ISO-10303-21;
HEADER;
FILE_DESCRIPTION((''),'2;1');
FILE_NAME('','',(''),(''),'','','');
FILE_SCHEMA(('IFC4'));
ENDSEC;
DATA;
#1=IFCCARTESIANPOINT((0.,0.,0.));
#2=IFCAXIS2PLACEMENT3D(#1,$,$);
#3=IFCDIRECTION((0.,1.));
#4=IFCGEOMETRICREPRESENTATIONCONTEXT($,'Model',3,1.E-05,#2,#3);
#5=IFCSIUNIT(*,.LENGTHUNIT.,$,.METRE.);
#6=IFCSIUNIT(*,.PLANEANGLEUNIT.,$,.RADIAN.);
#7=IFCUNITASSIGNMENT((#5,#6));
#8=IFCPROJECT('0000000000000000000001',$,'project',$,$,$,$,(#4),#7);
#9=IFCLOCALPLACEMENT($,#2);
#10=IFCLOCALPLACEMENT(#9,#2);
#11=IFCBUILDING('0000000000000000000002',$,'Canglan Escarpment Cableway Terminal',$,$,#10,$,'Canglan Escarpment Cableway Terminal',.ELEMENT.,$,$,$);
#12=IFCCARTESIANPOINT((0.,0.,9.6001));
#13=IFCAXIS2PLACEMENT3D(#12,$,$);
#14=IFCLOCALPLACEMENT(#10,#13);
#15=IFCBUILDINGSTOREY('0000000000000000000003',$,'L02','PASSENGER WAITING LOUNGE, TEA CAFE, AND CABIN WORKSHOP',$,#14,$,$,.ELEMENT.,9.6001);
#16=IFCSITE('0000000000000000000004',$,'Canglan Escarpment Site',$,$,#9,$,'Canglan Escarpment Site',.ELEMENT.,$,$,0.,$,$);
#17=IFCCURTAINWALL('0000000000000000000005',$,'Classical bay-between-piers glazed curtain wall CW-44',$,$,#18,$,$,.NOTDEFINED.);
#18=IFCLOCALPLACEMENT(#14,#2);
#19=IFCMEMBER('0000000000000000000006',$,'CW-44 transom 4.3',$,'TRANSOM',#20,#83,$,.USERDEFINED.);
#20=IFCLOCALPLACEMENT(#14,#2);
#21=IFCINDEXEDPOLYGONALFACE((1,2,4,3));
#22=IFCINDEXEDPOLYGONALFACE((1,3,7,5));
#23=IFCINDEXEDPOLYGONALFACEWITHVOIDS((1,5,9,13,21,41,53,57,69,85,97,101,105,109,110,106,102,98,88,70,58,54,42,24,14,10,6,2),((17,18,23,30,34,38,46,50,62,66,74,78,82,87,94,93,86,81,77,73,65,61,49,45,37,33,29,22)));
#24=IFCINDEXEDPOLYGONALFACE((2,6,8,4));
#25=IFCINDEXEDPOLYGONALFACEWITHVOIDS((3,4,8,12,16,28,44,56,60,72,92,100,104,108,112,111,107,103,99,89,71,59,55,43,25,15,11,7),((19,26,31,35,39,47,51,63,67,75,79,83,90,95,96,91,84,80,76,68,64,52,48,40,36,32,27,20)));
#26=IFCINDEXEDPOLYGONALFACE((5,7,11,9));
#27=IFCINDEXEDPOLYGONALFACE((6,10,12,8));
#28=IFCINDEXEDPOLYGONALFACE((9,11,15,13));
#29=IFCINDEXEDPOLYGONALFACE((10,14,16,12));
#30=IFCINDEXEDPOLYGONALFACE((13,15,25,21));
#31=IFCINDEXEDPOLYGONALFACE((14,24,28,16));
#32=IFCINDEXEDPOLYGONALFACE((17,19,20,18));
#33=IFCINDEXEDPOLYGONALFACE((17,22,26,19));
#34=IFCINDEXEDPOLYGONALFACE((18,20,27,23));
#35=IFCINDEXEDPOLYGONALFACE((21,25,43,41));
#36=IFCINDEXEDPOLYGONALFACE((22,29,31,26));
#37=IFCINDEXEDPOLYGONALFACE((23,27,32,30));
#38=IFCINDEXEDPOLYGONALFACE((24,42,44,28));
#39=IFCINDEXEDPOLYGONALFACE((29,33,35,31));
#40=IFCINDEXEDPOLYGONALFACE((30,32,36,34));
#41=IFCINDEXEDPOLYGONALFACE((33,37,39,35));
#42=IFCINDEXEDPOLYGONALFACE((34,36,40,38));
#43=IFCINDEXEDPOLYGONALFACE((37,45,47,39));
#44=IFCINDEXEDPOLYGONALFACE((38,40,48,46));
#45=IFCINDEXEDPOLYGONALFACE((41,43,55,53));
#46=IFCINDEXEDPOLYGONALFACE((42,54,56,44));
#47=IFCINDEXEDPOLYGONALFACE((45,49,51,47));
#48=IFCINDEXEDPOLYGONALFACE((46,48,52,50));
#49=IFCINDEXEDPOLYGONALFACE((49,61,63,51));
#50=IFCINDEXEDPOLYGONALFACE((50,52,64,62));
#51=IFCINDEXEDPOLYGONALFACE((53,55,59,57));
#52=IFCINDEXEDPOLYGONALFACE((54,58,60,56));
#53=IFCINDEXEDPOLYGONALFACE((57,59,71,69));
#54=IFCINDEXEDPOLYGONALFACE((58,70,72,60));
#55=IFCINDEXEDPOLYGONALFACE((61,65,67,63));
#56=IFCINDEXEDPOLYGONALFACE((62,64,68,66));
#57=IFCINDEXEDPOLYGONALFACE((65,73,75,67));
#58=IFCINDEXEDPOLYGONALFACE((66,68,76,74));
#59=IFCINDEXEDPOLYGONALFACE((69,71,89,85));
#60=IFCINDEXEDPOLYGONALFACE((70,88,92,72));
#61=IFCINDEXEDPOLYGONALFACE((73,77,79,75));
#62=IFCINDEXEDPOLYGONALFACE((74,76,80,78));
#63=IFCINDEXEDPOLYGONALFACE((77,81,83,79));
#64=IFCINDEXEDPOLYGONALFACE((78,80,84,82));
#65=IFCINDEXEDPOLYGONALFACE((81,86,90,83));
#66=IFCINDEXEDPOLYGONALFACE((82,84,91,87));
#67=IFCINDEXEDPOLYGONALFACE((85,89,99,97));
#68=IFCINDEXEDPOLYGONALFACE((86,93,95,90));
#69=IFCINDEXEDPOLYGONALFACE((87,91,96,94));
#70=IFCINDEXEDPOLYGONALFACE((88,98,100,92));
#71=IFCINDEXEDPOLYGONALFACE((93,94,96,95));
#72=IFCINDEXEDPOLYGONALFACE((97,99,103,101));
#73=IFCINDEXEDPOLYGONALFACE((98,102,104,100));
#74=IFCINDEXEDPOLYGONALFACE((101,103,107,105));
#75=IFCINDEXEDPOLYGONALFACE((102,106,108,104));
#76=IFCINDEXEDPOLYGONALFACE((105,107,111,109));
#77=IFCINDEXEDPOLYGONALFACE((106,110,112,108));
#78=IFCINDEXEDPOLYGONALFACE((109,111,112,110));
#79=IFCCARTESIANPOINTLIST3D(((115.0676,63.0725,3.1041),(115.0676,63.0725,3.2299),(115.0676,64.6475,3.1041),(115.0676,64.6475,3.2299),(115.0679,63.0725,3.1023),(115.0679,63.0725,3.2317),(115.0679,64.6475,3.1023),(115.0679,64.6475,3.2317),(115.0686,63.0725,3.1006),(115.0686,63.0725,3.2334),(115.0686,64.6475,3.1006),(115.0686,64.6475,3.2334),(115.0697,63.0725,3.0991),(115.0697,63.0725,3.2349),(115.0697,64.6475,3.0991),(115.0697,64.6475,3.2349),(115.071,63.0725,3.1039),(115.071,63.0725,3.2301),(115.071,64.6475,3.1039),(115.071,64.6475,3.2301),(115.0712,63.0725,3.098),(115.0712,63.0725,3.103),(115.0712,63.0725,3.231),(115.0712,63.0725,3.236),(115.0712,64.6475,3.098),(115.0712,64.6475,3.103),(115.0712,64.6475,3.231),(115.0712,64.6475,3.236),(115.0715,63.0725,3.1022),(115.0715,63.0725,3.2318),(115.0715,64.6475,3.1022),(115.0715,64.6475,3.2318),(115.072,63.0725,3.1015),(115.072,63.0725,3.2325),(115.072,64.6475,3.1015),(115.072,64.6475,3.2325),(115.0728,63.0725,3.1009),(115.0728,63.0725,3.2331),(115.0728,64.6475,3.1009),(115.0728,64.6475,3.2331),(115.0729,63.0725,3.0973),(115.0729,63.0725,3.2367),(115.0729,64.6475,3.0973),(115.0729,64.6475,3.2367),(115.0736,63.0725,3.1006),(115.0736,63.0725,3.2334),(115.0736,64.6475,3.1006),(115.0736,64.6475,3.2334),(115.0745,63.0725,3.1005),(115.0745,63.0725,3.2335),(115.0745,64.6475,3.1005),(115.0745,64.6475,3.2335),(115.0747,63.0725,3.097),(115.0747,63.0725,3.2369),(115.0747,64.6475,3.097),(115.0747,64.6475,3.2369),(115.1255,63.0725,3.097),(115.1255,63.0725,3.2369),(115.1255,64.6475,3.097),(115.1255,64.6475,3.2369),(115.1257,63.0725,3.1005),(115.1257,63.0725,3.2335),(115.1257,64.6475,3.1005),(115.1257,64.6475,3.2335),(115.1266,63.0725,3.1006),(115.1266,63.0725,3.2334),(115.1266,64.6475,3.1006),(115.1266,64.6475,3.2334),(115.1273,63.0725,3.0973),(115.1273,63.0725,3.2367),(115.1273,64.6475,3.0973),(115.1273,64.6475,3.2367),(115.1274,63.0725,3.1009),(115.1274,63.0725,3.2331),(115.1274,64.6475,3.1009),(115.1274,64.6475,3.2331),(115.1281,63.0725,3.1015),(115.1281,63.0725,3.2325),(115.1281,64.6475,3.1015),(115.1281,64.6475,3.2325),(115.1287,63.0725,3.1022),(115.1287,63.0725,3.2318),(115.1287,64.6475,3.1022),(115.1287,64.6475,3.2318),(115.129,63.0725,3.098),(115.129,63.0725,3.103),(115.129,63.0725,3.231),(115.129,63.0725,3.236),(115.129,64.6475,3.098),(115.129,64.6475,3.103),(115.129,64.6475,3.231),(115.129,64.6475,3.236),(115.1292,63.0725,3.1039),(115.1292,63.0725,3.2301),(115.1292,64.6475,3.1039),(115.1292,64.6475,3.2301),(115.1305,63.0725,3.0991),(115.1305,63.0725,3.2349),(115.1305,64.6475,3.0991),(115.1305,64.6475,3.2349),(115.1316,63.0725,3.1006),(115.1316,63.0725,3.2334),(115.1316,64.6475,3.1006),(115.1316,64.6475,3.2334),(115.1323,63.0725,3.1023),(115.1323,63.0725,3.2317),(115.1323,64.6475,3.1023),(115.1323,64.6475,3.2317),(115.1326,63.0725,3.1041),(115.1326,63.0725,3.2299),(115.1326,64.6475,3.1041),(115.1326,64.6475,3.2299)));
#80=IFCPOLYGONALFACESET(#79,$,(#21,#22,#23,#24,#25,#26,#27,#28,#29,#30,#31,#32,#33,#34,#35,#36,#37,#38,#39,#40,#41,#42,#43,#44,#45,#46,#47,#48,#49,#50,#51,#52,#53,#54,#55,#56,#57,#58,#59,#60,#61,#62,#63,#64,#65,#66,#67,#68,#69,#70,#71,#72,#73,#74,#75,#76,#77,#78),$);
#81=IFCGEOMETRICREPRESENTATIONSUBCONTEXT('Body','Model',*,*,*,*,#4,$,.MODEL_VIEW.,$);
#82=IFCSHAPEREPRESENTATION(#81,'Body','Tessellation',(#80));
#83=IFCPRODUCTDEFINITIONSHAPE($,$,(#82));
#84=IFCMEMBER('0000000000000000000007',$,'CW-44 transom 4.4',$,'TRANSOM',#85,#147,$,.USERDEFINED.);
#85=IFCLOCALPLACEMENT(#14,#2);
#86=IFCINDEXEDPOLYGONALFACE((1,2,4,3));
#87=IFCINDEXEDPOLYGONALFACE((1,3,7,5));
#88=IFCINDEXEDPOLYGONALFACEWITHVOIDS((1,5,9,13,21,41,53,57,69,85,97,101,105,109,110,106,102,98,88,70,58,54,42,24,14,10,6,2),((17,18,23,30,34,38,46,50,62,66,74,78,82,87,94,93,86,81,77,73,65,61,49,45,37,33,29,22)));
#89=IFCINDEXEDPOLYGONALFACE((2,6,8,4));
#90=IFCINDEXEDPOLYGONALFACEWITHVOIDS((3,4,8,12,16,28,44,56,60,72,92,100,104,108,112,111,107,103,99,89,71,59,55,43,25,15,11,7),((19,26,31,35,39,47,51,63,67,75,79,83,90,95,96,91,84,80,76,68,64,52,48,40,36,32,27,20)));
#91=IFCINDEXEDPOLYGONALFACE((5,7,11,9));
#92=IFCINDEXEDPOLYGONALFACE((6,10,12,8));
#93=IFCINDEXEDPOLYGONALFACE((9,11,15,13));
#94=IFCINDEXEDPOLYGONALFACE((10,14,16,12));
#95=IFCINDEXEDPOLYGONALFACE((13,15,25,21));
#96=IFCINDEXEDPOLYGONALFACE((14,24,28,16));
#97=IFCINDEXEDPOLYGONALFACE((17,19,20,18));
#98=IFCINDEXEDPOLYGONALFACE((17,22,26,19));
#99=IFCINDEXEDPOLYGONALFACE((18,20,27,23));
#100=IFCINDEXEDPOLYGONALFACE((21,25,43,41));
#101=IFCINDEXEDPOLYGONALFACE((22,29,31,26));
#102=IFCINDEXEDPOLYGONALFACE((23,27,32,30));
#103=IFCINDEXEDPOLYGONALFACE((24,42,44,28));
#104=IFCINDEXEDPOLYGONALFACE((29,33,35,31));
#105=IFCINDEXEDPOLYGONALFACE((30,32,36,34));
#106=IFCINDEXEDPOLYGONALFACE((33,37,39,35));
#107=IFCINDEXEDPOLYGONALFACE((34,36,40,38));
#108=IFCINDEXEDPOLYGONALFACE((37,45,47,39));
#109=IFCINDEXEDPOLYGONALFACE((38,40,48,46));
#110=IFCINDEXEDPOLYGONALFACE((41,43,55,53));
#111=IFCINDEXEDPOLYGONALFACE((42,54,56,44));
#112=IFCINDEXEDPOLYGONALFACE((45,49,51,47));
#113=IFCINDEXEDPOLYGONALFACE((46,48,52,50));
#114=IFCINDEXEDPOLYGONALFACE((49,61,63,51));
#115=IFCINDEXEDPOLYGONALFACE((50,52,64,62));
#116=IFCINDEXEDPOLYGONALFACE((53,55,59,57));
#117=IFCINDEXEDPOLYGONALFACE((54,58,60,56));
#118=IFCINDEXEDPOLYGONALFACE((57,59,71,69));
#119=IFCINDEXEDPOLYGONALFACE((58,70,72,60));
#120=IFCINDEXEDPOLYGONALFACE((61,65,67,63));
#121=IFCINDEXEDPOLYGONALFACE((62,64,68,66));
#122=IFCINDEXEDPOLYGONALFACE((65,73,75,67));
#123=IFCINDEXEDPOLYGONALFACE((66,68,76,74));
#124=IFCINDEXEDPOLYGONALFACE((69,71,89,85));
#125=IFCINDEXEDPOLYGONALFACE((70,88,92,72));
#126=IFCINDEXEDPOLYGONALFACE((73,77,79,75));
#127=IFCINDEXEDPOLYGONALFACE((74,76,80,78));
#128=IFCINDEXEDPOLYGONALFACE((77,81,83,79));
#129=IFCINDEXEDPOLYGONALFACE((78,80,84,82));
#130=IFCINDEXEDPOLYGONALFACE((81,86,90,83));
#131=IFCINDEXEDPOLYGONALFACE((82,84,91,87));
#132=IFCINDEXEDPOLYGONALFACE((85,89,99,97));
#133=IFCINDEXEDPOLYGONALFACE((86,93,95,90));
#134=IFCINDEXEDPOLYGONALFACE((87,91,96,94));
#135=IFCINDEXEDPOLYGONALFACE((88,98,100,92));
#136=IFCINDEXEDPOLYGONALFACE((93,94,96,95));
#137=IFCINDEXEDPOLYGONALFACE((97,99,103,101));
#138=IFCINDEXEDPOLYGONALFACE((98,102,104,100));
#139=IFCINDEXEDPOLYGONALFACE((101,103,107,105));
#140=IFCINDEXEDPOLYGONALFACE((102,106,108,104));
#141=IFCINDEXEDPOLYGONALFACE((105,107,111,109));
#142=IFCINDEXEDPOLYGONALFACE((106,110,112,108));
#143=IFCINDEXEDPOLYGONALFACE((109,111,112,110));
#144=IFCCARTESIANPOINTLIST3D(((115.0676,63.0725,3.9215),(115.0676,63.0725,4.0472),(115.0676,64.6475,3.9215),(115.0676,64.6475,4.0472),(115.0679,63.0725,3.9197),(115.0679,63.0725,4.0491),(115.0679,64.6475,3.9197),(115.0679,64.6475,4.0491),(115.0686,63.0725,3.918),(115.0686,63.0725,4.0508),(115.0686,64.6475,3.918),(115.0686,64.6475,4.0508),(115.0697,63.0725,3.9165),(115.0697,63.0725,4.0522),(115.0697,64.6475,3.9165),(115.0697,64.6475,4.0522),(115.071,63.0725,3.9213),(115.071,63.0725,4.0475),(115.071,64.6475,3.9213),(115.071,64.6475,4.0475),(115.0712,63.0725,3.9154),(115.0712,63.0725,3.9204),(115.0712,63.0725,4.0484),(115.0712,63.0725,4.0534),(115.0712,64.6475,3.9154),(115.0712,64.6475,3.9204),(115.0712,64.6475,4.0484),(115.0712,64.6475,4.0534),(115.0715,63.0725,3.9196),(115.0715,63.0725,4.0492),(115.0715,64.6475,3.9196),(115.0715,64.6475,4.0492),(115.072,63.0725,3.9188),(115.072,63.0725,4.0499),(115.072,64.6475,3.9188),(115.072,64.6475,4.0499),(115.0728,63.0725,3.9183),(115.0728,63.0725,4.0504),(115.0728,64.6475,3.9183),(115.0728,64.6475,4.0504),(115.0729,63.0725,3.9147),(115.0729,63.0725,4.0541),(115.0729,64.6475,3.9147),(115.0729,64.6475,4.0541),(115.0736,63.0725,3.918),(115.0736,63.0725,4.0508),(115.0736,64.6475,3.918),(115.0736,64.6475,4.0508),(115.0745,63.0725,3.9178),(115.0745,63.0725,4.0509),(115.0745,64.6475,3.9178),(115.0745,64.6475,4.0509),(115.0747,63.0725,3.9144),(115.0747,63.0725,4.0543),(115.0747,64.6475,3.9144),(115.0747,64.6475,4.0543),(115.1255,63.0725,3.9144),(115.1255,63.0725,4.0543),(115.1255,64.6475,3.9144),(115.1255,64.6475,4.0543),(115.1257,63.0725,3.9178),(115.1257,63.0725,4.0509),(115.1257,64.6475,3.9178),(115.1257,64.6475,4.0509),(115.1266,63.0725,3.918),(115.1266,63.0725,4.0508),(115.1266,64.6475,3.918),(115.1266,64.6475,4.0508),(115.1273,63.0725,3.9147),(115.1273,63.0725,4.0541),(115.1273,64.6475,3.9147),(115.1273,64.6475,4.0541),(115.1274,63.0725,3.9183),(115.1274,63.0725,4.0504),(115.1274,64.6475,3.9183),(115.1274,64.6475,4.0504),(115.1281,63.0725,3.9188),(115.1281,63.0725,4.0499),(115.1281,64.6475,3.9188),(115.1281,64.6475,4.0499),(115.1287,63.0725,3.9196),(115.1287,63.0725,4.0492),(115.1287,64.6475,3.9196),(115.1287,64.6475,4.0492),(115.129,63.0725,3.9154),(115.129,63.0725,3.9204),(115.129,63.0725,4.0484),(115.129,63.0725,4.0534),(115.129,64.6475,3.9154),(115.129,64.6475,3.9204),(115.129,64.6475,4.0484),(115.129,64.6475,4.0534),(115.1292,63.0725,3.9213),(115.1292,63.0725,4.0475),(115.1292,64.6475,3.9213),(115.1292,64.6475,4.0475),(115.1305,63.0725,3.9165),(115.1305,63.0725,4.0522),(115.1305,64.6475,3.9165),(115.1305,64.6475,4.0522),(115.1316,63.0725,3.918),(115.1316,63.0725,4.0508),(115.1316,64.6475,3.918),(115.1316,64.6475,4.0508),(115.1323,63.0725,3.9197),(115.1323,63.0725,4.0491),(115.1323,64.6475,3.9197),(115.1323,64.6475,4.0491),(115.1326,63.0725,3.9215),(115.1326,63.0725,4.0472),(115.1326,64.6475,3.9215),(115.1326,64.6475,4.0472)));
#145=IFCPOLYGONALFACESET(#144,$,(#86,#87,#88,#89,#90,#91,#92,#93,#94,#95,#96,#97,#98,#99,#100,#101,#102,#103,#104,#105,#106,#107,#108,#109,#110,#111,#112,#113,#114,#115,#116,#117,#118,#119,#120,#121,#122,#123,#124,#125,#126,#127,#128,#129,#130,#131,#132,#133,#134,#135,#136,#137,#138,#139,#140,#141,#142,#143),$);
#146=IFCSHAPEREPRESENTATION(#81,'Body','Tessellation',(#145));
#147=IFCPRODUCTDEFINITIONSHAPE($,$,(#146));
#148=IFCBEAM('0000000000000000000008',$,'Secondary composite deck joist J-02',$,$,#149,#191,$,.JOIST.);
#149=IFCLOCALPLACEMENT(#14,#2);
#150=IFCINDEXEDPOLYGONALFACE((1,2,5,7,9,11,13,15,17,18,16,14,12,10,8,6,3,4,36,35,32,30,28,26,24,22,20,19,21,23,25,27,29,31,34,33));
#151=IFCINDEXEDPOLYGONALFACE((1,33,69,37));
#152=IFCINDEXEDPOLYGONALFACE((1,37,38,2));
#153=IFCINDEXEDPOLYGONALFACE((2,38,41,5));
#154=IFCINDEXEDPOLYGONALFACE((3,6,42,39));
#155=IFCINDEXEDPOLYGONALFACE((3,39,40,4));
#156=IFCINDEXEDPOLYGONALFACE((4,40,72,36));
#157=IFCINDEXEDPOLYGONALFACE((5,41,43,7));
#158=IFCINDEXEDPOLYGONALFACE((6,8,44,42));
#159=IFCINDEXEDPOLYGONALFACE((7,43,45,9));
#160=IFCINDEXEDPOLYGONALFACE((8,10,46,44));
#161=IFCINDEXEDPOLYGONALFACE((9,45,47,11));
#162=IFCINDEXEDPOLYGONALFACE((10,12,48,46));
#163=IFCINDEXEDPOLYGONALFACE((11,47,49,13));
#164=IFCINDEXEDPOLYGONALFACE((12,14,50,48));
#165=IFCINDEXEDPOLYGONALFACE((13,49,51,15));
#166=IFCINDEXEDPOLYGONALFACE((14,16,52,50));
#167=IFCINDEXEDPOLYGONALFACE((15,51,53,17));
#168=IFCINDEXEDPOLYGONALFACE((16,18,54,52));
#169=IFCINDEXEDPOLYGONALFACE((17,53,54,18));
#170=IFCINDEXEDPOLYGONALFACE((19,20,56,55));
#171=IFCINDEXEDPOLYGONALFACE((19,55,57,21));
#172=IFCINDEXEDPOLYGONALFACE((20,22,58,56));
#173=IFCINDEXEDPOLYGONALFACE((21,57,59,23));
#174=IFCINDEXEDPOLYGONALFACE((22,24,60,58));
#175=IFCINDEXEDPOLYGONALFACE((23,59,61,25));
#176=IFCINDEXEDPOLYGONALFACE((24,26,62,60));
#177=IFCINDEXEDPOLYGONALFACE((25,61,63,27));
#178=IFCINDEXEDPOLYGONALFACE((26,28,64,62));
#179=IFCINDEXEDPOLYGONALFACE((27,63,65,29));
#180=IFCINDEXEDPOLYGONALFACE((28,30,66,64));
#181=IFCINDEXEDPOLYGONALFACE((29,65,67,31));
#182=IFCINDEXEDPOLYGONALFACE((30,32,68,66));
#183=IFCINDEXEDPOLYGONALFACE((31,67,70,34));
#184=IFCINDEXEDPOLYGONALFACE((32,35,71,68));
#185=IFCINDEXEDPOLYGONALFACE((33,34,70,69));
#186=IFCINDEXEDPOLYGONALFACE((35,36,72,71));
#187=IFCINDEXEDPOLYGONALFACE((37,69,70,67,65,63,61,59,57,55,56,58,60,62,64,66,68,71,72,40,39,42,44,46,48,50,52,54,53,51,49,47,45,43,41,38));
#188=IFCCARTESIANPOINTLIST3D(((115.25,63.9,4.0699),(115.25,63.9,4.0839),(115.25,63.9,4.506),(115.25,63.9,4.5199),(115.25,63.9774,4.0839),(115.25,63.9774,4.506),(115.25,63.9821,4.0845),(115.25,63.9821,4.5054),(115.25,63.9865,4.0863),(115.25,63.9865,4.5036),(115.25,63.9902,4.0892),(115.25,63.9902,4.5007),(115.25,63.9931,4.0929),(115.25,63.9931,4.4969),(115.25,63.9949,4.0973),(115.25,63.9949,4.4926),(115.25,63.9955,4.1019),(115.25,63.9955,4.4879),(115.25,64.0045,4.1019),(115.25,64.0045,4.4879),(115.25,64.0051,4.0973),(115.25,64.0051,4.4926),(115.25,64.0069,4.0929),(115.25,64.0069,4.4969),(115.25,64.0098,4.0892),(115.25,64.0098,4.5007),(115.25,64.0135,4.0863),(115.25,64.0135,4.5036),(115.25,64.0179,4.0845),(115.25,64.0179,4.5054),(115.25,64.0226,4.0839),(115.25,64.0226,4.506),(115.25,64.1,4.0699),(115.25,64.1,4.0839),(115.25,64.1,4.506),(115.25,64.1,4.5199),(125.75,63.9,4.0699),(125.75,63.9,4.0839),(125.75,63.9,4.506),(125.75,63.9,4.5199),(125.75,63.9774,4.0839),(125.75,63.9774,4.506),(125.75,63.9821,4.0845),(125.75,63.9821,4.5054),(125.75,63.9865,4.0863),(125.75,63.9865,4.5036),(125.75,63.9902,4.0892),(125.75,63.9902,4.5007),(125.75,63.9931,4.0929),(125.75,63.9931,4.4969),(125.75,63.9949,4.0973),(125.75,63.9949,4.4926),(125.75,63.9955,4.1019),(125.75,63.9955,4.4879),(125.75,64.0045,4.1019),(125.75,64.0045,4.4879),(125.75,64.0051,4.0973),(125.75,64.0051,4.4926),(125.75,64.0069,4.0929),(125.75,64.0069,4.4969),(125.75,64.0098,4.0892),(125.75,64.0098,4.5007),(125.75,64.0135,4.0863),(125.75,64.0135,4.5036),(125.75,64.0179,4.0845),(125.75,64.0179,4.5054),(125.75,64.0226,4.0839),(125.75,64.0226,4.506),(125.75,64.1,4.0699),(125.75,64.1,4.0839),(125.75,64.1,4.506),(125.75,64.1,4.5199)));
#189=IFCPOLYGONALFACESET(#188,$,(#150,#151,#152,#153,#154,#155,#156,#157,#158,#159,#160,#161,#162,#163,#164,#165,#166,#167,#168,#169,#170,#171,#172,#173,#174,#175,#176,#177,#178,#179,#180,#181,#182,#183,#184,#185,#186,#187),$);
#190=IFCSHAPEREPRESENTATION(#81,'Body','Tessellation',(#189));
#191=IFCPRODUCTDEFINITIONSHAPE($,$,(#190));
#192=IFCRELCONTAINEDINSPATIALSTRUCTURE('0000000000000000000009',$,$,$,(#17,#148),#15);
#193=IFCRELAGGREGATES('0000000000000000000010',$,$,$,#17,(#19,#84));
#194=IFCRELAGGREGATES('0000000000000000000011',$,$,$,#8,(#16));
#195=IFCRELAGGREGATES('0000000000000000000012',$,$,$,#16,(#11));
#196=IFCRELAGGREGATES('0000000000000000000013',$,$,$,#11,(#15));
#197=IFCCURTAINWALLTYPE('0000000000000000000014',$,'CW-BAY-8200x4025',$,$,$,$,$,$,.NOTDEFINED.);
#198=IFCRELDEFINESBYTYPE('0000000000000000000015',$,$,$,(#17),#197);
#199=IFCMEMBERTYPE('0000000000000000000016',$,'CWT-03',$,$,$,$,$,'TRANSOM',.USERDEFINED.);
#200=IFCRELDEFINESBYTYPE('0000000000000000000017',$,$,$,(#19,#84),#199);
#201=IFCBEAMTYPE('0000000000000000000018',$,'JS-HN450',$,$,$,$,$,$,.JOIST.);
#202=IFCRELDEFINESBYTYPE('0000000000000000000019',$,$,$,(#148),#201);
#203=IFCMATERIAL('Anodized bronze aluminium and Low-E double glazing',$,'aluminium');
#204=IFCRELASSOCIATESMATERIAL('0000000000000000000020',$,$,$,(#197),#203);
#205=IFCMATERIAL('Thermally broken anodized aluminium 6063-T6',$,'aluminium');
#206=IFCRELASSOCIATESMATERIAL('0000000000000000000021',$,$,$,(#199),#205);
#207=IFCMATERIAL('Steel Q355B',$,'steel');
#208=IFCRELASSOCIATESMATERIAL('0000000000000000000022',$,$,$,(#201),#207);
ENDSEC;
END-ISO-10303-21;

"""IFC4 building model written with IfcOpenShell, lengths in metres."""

from ifc_helpers import new_model, si_unit, direction, frame, origin, origin_2d, place, context, subcontext, project, spatial, hollow_rectangle, i_section, extrude, material, material_profile, profile_set, type_object, element, aggregate, save


model = new_model("IFC4")

# Units and contexts
model_context = context("Model", 3, precision=1e-05, world=origin(), true_north=direction((0.0, 1.0)))
body_context = subcontext(model_context, "Body", "Model", "MODEL_VIEW")
ifc_project = project(units=[si_unit("LENGTHUNIT", "METRE"), si_unit("PLANEANGLEUNIT", "RADIAN")], contexts=[model_context])

# Site, building, storey
site_placement = place(None, origin())
site = spatial("IfcSite", under=ifc_project, at=site_placement, Name="Canglan Escarpment Site", LongName="Canglan Escarpment Site", CompositionType="ELEMENT", RefElevation=0.0)
building_placement = place(site_placement, origin())
building = spatial("IfcBuilding", under=site, at=building_placement, Name="Canglan Escarpment Cableway Terminal", LongName="Canglan Escarpment Cableway Terminal", CompositionType="ELEMENT")
storey_placement = place(building_placement, frame((0.0, 0.0, 9.6001)))
storey = spatial("IfcBuildingStorey", under=building, at=storey_placement, Name="L02", Description="PASSENGER WAITING LOUNGE, TEA CAFE, AND CABIN WORKSHOP", CompositionType="ELEMENT", Elevation=9.6001)

# Curtain wall, members
ifc_material_1 = material(Name="Anodized bronze aluminium and Low-E double glazing", Category="aluminium")
curtain_wall_type = type_object("IfcCurtainWallType", Name="CW-BAY-8200x4025", PredefinedType="NOTDEFINED", material=ifc_material_1)
curtain_wall_placement = place(storey_placement, origin())
curtain_wall = element("IfcCurtainWall", 1, at=curtain_wall_placement, inside=storey, type_object=curtain_wall_type, Name="Classical bay-between-piers glazed curtain wall CW-44", PredefinedType="NOTDEFINED")
ifc_material_2 = material(Name="Thermally broken anodized aluminium 6063-T6", Category="aluminium")
ifc_material_profile_1 = material_profile(ifc_material_2, hollow_rectangle(XDim=0.0649, YDim=0.1399, WallThickness=0.0034, InnerFilletRadius=0.0034, OuterFilletRadius=0.0071, at=origin_2d()), Name="ALU-TRAN 65x140x3.5")
ifc_profile_set_1 = profile_set([ifc_material_profile_1], Name="Thermally broken anodized aluminium 6063-T6")
member_type_1 = type_object("IfcMemberType", Name="CWT-03", ElementType="TRANSOM", PredefinedType="USERDEFINED", material=ifc_profile_set_1)
member_1_placement = place(storey_placement, frame((115.1001, 64.6475, 3.167), z_axis=(0.0, -1.0, 0.0), x_axis=(1.0, 0.0, 0.0)))
member_1 = element("IfcMember", 2, at=member_1_placement, type_object=member_type_1, Name="CW-44 transom 4.3", ObjectType="TRANSOM", PredefinedType="USERDEFINED", context=body_context, shape_type="SweptSolid", body=[
    extrude(hollow_rectangle(XDim=0.0649, YDim=0.1399, WallThickness=0.0034, InnerFilletRadius=0.0034, OuterFilletRadius=0.0071, at=origin_2d()), origin(), (0.0, 0.0, 1.0), 1.575),
])
member_2_placement = place(storey_placement, frame((115.1001, 64.6475, 3.9844), z_axis=(0.0, -1.0, 0.0), x_axis=(1.0, 0.0, 0.0)))
member_2 = element("IfcMember", 3, at=member_2_placement, type_object=member_type_1, Name="CW-44 transom 4.4", ObjectType="TRANSOM", PredefinedType="USERDEFINED", context=body_context, shape_type="SweptSolid", body=[
    extrude(hollow_rectangle(XDim=0.0649, YDim=0.1399, WallThickness=0.0034, InnerFilletRadius=0.0034, OuterFilletRadius=0.0071, at=origin_2d()), origin(), (0.0, 0.0, 1.0), 1.575),
])

# Beam
ifc_material_3 = material(Name="Steel Q355B", Category="steel")
ifc_material_profile_2 = material_profile(ifc_material_3, i_section(OverallWidth=0.2, OverallDepth=0.45, WebThickness=0.009, FlangeThickness=0.0139, FilletRadius=0.0181, at=origin_2d()), Name="HN 450x200x9x14")
ifc_profile_set_2 = profile_set([ifc_material_profile_2], Name="Steel Q355B")
beam_type = type_object("IfcBeamType", Name="JS-HN450", PredefinedType="JOIST", material=ifc_profile_set_2)
for number, where, z_axis, x_axis, name in (
    (4, (115.25, 64.0, 4.2949), (1.0, 0.0, 0.0), (0.0, 1.0, 0.0), "Secondary composite deck joist J-02"),
):
    element("IfcBeam", number, at=place(storey_placement, frame(where, z_axis=z_axis, x_axis=x_axis)), inside=storey, type_object=beam_type, Name=name, PredefinedType="JOIST", context=body_context, shape_type="SweptSolid", body=[
        extrude(i_section(OverallWidth=0.2, OverallDepth=0.45, WebThickness=0.009, FlangeThickness=0.0139, FilletRadius=0.0181, at=origin_2d()), origin(), (0.0, 0.0, 1.0), 10.5),
    ])

aggregate(curtain_wall, [member_1, member_2])

save(model, "model.ifc")
